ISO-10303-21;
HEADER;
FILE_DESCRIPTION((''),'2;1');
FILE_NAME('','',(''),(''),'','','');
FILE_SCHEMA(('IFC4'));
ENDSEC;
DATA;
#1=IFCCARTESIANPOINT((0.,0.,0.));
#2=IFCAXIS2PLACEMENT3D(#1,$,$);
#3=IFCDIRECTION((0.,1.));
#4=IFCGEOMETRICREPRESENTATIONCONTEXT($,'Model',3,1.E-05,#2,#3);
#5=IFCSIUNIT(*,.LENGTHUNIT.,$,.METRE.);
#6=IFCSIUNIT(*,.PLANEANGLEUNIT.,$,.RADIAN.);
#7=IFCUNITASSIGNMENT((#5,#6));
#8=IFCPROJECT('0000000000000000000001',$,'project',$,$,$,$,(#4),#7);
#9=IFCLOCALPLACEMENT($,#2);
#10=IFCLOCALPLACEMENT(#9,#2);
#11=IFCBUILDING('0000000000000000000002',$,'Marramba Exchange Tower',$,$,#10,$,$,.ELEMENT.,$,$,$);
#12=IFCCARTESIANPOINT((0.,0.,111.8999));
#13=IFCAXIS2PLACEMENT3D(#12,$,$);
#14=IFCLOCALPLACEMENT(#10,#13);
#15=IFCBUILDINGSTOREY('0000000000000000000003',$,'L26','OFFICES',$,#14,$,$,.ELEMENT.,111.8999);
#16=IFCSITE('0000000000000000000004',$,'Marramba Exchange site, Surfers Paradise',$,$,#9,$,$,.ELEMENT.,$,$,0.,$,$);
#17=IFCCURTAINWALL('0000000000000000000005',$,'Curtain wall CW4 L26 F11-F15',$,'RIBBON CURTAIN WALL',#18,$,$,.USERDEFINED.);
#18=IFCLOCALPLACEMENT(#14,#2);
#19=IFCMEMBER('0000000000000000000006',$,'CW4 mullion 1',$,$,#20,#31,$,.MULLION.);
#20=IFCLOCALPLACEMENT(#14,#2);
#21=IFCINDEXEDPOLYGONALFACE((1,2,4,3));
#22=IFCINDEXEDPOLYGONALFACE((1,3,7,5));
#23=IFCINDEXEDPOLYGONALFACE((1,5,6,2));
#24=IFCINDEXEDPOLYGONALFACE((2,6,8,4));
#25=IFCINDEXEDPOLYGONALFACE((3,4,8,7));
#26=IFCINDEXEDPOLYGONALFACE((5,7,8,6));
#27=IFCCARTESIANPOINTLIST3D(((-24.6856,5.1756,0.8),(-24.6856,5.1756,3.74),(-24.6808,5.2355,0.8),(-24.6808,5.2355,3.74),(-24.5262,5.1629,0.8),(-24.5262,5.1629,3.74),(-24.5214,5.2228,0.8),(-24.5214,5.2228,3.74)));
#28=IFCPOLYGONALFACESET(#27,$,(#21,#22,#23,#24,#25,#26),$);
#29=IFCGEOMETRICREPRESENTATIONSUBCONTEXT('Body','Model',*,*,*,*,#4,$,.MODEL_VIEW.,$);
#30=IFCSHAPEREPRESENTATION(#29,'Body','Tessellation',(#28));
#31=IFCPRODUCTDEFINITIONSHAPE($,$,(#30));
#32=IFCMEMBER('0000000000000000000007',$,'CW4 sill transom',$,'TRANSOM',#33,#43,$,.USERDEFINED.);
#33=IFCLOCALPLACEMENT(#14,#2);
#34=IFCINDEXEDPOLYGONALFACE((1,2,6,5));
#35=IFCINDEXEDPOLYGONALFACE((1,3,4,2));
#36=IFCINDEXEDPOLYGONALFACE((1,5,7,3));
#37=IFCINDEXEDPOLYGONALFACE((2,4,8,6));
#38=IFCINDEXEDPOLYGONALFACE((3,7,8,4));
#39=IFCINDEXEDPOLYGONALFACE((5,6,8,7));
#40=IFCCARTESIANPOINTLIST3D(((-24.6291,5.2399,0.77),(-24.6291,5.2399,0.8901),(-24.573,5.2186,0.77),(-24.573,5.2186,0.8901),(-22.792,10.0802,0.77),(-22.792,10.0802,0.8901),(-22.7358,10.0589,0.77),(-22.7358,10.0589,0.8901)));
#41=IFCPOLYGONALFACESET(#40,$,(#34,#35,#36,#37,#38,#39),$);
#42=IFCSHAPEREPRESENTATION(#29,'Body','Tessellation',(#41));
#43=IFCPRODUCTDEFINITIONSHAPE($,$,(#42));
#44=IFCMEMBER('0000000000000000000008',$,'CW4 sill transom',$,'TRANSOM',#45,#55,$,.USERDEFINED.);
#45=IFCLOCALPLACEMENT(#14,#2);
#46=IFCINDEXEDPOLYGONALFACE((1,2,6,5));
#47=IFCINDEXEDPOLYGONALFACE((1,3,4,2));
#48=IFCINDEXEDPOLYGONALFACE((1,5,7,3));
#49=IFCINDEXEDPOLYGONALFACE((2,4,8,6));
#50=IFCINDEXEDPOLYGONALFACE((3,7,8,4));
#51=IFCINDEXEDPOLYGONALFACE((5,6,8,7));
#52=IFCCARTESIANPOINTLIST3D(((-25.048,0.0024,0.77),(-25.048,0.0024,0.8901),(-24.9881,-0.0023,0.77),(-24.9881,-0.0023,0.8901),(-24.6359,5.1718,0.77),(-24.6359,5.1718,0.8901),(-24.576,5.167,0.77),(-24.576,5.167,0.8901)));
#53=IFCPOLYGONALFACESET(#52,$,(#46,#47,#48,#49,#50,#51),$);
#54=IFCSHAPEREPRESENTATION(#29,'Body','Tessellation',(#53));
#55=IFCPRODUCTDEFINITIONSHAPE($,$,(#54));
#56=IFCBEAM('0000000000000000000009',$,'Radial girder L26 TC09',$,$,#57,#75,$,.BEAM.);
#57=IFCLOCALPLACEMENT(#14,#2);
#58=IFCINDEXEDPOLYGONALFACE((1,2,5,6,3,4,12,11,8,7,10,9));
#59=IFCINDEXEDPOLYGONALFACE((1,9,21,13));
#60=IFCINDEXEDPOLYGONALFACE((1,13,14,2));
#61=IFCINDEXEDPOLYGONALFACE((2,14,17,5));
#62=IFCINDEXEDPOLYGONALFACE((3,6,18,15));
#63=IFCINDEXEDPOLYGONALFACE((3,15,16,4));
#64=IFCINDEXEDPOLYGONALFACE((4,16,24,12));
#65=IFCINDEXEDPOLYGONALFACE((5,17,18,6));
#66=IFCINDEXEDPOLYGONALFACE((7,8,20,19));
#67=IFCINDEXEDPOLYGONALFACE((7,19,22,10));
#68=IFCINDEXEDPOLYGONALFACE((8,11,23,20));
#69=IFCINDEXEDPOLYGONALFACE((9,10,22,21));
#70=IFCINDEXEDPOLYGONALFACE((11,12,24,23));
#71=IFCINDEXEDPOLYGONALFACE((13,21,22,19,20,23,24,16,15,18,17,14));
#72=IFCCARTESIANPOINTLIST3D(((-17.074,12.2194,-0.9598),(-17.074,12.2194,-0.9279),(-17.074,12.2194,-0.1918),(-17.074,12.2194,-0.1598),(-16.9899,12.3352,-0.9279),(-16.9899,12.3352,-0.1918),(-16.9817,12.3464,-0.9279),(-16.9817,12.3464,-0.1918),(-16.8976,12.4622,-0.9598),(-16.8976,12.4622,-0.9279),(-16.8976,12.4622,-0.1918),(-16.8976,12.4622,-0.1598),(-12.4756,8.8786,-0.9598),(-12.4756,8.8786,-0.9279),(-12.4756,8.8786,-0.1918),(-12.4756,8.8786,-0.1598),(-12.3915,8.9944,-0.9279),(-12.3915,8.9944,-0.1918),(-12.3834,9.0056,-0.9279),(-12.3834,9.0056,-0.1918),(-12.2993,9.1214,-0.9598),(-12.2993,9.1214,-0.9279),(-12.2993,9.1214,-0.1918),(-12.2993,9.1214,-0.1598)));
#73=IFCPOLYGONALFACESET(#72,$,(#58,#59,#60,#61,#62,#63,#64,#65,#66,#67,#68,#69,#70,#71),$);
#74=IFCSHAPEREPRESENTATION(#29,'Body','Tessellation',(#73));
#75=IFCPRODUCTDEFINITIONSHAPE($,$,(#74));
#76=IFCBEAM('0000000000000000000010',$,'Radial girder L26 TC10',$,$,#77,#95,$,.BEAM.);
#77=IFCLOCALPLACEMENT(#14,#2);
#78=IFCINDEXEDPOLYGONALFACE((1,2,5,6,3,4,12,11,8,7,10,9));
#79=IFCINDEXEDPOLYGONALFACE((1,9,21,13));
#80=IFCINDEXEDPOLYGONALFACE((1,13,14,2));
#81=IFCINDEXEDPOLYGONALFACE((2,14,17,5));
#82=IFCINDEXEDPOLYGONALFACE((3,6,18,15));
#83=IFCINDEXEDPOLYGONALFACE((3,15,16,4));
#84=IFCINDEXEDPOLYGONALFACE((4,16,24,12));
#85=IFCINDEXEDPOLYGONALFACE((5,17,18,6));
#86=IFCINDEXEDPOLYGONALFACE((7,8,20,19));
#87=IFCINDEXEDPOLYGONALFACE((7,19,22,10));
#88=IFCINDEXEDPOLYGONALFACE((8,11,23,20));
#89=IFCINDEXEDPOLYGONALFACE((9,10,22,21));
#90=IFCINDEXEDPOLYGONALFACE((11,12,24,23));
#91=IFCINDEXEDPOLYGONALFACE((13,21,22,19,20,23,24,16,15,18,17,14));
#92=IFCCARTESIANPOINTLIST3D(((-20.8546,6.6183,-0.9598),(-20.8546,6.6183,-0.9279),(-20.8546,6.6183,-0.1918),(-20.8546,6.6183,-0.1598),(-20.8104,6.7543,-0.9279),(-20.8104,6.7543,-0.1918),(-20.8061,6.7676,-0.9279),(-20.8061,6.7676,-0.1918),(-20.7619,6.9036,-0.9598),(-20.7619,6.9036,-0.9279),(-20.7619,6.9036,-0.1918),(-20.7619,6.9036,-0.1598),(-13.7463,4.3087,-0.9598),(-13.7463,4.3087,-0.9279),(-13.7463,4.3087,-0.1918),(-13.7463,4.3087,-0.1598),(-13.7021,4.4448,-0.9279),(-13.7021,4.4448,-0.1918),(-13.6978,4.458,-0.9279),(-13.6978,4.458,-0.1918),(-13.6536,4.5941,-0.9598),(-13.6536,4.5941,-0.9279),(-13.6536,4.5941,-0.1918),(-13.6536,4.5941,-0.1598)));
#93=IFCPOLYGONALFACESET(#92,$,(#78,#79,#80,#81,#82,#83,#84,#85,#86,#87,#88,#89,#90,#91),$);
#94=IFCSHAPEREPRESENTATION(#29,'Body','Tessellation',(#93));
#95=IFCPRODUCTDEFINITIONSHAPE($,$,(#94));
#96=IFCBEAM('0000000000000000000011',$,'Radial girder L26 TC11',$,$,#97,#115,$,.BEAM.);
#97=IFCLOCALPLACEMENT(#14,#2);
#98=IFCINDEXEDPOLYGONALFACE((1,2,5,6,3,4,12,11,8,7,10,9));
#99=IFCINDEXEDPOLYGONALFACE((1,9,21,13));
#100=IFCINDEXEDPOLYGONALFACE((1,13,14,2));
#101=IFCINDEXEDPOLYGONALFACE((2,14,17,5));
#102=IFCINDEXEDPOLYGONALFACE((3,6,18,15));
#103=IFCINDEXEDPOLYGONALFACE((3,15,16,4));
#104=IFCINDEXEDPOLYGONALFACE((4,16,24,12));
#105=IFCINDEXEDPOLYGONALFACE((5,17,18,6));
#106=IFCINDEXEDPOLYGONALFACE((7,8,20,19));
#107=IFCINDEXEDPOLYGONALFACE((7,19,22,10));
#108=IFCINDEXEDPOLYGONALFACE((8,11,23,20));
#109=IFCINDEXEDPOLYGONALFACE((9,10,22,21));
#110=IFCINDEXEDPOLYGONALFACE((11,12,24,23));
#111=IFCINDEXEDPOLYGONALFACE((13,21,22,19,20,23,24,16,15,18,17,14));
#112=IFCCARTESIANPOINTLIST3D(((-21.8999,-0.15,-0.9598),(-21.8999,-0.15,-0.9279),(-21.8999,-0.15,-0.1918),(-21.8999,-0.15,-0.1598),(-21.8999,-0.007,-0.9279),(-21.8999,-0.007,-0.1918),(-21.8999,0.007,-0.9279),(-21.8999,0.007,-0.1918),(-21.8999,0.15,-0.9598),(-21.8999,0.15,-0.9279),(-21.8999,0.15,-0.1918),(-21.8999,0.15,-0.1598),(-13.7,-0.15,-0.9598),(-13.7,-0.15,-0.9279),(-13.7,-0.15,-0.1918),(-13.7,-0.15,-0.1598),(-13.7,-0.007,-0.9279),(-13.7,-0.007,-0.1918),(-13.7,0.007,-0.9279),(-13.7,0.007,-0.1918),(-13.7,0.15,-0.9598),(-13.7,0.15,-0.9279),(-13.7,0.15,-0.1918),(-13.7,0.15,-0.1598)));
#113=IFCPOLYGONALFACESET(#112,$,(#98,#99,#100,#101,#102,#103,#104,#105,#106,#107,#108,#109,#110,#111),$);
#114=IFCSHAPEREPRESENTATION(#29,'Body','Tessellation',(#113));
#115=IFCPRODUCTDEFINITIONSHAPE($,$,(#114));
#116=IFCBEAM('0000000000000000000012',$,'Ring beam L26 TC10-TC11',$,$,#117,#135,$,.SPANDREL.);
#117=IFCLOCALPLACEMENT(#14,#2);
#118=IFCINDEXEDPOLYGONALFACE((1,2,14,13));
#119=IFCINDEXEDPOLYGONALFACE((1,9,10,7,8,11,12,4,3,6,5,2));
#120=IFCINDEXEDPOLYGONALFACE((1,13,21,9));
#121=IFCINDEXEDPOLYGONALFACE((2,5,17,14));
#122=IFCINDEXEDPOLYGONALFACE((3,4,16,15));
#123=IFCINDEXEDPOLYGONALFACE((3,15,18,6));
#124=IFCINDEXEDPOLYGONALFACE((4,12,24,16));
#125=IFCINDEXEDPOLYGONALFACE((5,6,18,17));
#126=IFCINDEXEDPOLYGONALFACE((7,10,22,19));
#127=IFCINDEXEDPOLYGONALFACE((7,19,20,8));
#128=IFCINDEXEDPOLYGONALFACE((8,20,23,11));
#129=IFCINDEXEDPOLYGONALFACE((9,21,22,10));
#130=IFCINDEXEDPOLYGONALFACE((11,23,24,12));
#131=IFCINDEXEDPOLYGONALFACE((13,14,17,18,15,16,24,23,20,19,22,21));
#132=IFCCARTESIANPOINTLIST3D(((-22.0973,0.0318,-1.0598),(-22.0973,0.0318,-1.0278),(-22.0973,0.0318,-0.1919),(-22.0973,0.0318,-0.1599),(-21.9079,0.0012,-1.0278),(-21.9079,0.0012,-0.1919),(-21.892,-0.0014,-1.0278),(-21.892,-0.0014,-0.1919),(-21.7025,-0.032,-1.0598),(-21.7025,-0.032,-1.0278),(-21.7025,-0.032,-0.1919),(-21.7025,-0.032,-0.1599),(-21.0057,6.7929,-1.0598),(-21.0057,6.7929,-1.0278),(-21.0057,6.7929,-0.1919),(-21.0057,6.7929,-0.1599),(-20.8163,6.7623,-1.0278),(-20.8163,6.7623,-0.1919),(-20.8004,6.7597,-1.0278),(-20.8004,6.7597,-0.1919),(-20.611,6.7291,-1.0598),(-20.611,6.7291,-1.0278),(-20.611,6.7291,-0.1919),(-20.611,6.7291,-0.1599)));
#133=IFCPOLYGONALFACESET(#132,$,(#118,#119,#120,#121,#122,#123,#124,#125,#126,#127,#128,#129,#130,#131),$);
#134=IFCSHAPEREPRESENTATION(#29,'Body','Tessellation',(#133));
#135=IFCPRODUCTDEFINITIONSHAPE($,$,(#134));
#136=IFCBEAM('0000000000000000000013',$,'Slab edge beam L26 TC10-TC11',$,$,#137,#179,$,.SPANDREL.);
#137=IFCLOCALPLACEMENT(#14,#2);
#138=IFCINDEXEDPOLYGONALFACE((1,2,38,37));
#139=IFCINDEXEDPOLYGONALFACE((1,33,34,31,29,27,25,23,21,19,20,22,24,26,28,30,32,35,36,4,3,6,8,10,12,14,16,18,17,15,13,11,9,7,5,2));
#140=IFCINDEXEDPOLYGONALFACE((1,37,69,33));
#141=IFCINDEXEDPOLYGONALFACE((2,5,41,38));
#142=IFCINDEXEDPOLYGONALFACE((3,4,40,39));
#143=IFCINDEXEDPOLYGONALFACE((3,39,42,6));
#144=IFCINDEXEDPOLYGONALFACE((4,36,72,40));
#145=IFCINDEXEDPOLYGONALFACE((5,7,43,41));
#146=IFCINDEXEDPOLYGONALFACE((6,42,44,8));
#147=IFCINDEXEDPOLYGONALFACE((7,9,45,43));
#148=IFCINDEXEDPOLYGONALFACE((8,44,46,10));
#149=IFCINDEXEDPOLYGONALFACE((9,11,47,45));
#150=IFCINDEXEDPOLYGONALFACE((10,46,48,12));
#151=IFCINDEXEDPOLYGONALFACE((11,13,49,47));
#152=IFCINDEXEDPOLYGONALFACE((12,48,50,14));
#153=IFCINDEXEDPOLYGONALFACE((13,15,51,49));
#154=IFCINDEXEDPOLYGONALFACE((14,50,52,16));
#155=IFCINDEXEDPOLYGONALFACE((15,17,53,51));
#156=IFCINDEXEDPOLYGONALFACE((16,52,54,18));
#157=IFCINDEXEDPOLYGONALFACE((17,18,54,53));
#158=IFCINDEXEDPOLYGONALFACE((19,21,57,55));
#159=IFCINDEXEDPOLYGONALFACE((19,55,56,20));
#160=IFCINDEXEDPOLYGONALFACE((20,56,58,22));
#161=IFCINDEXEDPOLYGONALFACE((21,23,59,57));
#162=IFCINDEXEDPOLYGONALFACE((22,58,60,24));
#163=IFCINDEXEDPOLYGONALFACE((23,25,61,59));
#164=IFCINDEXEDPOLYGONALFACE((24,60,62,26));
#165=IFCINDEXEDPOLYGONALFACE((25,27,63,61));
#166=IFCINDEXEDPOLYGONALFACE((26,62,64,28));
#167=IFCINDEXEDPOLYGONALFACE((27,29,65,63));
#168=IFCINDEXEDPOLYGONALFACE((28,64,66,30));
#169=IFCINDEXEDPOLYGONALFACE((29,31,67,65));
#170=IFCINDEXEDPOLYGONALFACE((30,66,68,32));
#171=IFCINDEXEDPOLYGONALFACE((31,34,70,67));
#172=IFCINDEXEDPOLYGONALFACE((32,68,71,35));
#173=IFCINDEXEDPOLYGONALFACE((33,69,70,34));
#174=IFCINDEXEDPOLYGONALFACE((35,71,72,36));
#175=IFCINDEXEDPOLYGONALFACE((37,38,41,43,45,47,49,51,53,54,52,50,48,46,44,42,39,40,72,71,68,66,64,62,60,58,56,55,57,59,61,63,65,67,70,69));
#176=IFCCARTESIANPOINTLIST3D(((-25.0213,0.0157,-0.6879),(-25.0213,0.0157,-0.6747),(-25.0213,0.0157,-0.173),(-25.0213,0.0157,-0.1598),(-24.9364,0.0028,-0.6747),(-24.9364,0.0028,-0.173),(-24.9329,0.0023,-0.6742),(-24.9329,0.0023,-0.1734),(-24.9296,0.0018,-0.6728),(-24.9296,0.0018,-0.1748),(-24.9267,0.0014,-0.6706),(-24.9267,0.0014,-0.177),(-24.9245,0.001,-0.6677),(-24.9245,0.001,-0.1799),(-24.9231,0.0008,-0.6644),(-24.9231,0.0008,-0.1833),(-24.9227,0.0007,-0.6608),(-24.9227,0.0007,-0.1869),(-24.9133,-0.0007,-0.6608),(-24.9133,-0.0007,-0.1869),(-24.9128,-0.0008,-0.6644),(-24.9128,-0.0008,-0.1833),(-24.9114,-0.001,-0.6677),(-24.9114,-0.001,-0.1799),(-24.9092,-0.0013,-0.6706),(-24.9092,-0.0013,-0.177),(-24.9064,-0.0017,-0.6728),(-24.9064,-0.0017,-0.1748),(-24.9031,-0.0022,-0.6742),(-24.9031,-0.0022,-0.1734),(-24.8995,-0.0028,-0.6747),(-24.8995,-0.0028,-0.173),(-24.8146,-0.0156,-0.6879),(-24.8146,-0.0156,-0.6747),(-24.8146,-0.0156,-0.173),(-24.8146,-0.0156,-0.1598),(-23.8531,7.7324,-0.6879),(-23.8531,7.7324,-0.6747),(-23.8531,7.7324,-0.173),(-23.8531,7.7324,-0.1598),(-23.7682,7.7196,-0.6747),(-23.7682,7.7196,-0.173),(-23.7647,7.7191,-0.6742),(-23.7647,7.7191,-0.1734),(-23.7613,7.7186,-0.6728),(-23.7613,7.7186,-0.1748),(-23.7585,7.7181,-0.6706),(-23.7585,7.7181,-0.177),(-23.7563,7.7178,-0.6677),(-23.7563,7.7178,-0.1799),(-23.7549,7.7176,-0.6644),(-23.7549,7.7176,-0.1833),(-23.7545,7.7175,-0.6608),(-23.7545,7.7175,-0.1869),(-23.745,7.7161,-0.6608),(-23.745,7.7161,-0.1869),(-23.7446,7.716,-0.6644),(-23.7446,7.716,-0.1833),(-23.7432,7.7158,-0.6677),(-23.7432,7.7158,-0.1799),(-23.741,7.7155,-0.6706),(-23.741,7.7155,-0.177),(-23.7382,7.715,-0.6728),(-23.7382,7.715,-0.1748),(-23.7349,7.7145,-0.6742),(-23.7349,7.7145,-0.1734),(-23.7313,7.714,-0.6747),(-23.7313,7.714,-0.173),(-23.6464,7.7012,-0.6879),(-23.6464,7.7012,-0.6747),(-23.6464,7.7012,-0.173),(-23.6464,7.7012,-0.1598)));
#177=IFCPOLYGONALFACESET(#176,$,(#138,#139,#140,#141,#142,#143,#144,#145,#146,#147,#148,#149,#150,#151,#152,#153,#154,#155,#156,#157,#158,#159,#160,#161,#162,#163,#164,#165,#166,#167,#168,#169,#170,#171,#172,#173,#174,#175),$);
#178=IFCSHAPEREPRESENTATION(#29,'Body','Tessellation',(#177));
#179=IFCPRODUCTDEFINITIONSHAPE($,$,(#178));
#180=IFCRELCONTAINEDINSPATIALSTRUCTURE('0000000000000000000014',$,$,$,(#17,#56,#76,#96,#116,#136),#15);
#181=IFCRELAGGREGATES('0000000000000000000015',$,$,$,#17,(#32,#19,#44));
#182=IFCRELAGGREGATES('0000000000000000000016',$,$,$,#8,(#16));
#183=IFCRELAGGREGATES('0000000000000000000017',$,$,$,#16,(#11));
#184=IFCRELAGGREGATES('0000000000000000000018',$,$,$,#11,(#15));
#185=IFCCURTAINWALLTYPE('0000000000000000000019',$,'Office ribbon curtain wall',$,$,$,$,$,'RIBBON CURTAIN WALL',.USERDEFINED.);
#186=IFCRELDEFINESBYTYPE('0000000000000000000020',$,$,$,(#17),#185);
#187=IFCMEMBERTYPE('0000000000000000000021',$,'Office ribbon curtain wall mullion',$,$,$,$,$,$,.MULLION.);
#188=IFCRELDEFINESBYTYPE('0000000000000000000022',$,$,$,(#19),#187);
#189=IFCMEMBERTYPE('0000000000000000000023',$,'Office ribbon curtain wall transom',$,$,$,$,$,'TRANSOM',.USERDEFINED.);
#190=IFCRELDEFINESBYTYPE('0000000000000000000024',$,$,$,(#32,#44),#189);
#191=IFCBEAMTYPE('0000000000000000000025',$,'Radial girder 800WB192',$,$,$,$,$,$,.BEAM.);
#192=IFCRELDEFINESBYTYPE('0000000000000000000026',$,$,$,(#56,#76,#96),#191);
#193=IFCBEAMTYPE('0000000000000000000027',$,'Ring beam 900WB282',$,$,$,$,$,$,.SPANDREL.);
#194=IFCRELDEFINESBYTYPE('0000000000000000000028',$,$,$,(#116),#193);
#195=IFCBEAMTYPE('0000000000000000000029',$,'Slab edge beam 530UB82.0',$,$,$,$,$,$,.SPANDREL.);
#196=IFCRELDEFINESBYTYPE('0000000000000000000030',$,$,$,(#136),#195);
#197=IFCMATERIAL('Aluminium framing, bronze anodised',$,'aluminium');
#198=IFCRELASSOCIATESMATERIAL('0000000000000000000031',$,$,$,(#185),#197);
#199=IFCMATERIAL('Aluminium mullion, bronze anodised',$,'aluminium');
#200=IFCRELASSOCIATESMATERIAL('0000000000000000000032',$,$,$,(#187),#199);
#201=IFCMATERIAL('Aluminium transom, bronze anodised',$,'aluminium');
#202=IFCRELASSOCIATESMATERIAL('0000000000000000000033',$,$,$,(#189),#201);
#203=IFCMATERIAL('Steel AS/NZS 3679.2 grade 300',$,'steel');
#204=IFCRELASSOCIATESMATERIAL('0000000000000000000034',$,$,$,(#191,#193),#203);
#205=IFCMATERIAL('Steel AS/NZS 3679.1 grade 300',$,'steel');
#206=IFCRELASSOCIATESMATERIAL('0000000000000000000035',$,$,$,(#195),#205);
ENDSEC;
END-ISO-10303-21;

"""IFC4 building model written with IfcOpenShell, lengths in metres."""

from ifc_helpers import new_model, si_unit, direction, frame, origin, origin_2d, place, context, subcontext, project, spatial, rectangle, i_section, extrude, material, material_profile, profile_set, type_object, element, aggregate, save


model = new_model("IFC4")

# Units and contexts
model_context = context("Model", 3, precision=1e-05, world=origin(), true_north=direction((0.0, 1.0)))
body_context = subcontext(model_context, "Body", "Model", "MODEL_VIEW")
ifc_project = project(units=[si_unit("LENGTHUNIT", "METRE"), si_unit("PLANEANGLEUNIT", "RADIAN")], contexts=[model_context])

# Site, building, storey
site_placement = place(None, origin())
site = spatial("IfcSite", under=ifc_project, at=site_placement, Name="Marramba Exchange site, Surfers Paradise", CompositionType="ELEMENT", RefElevation=0.0)
building_placement = place(site_placement, origin())
building = spatial("IfcBuilding", under=site, at=building_placement, Name="Marramba Exchange Tower", CompositionType="ELEMENT")
storey_placement = place(building_placement, frame((0.0, 0.0, 111.8999)))
storey = spatial("IfcBuildingStorey", under=building, at=storey_placement, Name="L26", Description="OFFICES", CompositionType="ELEMENT", Elevation=111.8999)

# Shared definitions
ifc_material_1 = material(Name="Steel AS/NZS 3679.2 grade 300", Category="steel")
ifc_material_2 = material(Name="Steel AS/NZS 3679.1 grade 300", Category="steel")

# Curtain wall, members
ifc_material_3 = material(Name="Aluminium framing, bronze anodised", Category="aluminium")
curtain_wall_type = type_object("IfcCurtainWallType", Name="Office ribbon curtain wall", ElementType="RIBBON CURTAIN WALL", PredefinedType="USERDEFINED", material=ifc_material_3)
curtain_wall_placement = place(storey_placement, origin())
curtain_wall = element("IfcCurtainWall", 1, at=curtain_wall_placement, inside=storey, type_object=curtain_wall_type, Name="Curtain wall CW4 L26 F11-F15", ObjectType="RIBBON CURTAIN WALL", PredefinedType="USERDEFINED")
ifc_material_4 = material(Name="Aluminium mullion, bronze anodised", Category="aluminium")
ifc_material_profile_1 = material_profile(ifc_material_4, rectangle(XDim=0.1599, YDim=0.0601, at=origin_2d()), Name="CW4 mullion 60x160")
ifc_profile_set_1 = profile_set([ifc_material_profile_1], Name="Aluminium mullion, bronze anodised")
member_type_1 = type_object("IfcMemberType", Name="Office ribbon curtain wall mullion", PredefinedType="MULLION", material=ifc_profile_set_1)
member_1_placement = place(storey_placement, frame((-24.6035, 5.1992, 0.8), z_axis=(0.0, 0.0, 1.0), x_axis=(0.996838, -0.07946, 0.0)))
member_1 = element("IfcMember", 2, at=member_1_placement, type_object=member_type_1, Name="CW4 mullion 1", PredefinedType="MULLION", context=body_context, shape_type="SweptSolid", body=[
    extrude(rectangle(XDim=0.1599, YDim=0.0601, at=origin_2d()), origin(), (0.0, 0.0, 1.0), 2.9399),
])
ifc_material_5 = material(Name="Aluminium transom, bronze anodised", Category="aluminium")
ifc_material_profile_2 = material_profile(ifc_material_5, rectangle(XDim=0.0601, YDim=0.1201, at=origin_2d()), Name="CW4 transom 60x120")
ifc_profile_set_2 = profile_set([ifc_material_profile_2], Name="Aluminium transom, bronze anodised")
member_type_2 = type_object("IfcMemberType", Name="Office ribbon curtain wall transom", ElementType="TRANSOM", PredefinedType="USERDEFINED", material=ifc_profile_set_2)
member_2_placement = place(storey_placement, frame((-22.7639, 10.0696, 0.8301), z_axis=(-0.354852, -0.934923, 0.0), x_axis=(0.934923, -0.354852, 0.0)))
member_2 = element("IfcMember", 3, at=member_2_placement, type_object=member_type_2, Name="CW4 sill transom", ObjectType="TRANSOM", PredefinedType="USERDEFINED", context=body_context, shape_type="SweptSolid", body=[
    extrude(rectangle(XDim=0.0601, YDim=0.1201, at=origin_2d()), origin(), (0.0, 0.0, 1.0), 5.1772),
])
member_3_placement = place(storey_placement, frame((-24.606, 5.1694, 0.8301), z_axis=(-0.079468, -0.996837, 0.0), x_axis=(0.996837, -0.079468, 0.0)))
member_3 = element("IfcMember", 4, at=member_3_placement, type_object=member_type_2, Name="CW4 sill transom", ObjectType="TRANSOM", PredefinedType="USERDEFINED", context=body_context, shape_type="SweptSolid", body=[
    extrude(rectangle(XDim=0.0601, YDim=0.1201, at=origin_2d()), origin(), (0.0, 0.0, 1.0), 5.1858),
])

# Beams
ifc_material_profile_3 = material_profile(ifc_material_1, i_section(OverallWidth=0.3, OverallDepth=0.8, WebThickness=0.0139, FlangeThickness=0.032, at=origin_2d()), Name="800WB192")
ifc_profile_set_3 = profile_set([ifc_material_profile_3], Name="Steel AS/NZS 3679.2 grade 300")
beam_type_1 = type_object("IfcBeamType", Name="Radial girder 800WB192", PredefinedType="BEAM", material=ifc_profile_set_3)
beam_1_placement = place(storey_placement, frame((-12.3875, 9.0, -0.5598), z_axis=(-0.809026, 0.587773, 0.0), x_axis=(-0.587773, -0.809026, 0.0)))
element("IfcBeam", 5, at=beam_1_placement, inside=storey, type_object=beam_type_1, Name="Radial girder L26 TC09", PredefinedType="BEAM", context=body_context, shape_type="SweptSolid", body=[
    extrude(i_section(OverallWidth=0.3, OverallDepth=0.8, WebThickness=0.0139, FlangeThickness=0.032, at=origin_2d()), origin(), (0.0, 0.0, 1.0), 5.6838),
])
beam_2_placement = place(storey_placement, frame((-13.7, 4.4514, -0.5598), z_axis=(-0.95106, 0.309006, 0.0), x_axis=(-0.309006, -0.95106, 0.0)))
element("IfcBeam", 6, at=beam_2_placement, inside=storey, type_object=beam_type_1, Name="Radial girder L26 TC10", PredefinedType="BEAM", context=body_context, shape_type="SweptSolid", body=[
    extrude(i_section(OverallWidth=0.3, OverallDepth=0.8, WebThickness=0.0139, FlangeThickness=0.032, at=origin_2d()), origin(), (0.0, 0.0, 1.0), 7.4741),
])
beam_3_placement = place(storey_placement, frame((-13.7, 0.0, -0.5598), z_axis=(-1.0, 0.0, 0.0), x_axis=(0.0, -1.0, 0.0)))
element("IfcBeam", 7, at=beam_3_placement, inside=storey, type_object=beam_type_1, Name="Radial girder L26 TC11", PredefinedType="BEAM", context=body_context, shape_type="SweptSolid", body=[
    extrude(i_section(OverallWidth=0.3, OverallDepth=0.8, WebThickness=0.0139, FlangeThickness=0.032, at=origin_2d()), origin(), (0.0, 0.0, 1.0), 8.2),
])
ifc_material_profile_4 = material_profile(ifc_material_1, i_section(OverallWidth=0.3999, OverallDepth=0.8999, WebThickness=0.0161, FlangeThickness=0.032, at=origin_2d()), Name="900WB282")
ifc_profile_set_4 = profile_set([ifc_material_profile_4], Name="Steel AS/NZS 3679.2 grade 300")
beam_type_2 = type_object("IfcBeamType", Name="Ring beam 900WB282", PredefinedType="SPANDREL", material=ifc_profile_set_4)
beam_4_placement = place(storey_placement, frame((-20.8083, 6.761, -0.6099), z_axis=(-0.159385, -0.987217, 0.0), x_axis=(0.987217, -0.159385, 0.0)))
element("IfcBeam", 8, at=beam_4_placement, inside=storey, type_object=beam_type_2, Name="Ring beam L26 TC10-TC11", PredefinedType="SPANDREL", context=body_context, shape_type="SweptSolid", body=[
    extrude(i_section(OverallWidth=0.3999, OverallDepth=0.8999, WebThickness=0.0161, FlangeThickness=0.032, at=origin_2d()), origin(), (0.0, 0.0, 1.0), 6.8486),
])
ifc_material_profile_5 = material_profile(ifc_material_2, i_section(OverallWidth=0.209, OverallDepth=0.5281, WebThickness=0.0095, FlangeThickness=0.0132, FilletRadius=0.0139, at=origin_2d()), Name="530UB82.0")
ifc_profile_set_5 = profile_set([ifc_material_profile_5], Name="Steel AS/NZS 3679.1 grade 300")
beam_type_3 = type_object("IfcBeamType", Name="Slab edge beam 530UB82.0", PredefinedType="SPANDREL", material=ifc_profile_set_5)
beam_5_placement = place(storey_placement, frame((-23.7498, 7.7168, -0.4238), z_axis=(-0.14968, -0.988734, 0.0), x_axis=(0.988734, -0.14968, 0.0)))
element("IfcBeam", 9, at=beam_5_placement, inside=storey, type_object=beam_type_3, Name="Slab edge beam L26 TC10-TC11", PredefinedType="SPANDREL", context=body_context, shape_type="SweptSolid", body=[
    extrude(i_section(OverallWidth=0.209, OverallDepth=0.5281, WebThickness=0.0095, FlangeThickness=0.0132, FilletRadius=0.0139, at=origin_2d()), origin(), (0.0, 0.0, 1.0), 7.8047),
])

aggregate(curtain_wall, [member_2, member_1, member_3])

save(model, "model.ifc")
